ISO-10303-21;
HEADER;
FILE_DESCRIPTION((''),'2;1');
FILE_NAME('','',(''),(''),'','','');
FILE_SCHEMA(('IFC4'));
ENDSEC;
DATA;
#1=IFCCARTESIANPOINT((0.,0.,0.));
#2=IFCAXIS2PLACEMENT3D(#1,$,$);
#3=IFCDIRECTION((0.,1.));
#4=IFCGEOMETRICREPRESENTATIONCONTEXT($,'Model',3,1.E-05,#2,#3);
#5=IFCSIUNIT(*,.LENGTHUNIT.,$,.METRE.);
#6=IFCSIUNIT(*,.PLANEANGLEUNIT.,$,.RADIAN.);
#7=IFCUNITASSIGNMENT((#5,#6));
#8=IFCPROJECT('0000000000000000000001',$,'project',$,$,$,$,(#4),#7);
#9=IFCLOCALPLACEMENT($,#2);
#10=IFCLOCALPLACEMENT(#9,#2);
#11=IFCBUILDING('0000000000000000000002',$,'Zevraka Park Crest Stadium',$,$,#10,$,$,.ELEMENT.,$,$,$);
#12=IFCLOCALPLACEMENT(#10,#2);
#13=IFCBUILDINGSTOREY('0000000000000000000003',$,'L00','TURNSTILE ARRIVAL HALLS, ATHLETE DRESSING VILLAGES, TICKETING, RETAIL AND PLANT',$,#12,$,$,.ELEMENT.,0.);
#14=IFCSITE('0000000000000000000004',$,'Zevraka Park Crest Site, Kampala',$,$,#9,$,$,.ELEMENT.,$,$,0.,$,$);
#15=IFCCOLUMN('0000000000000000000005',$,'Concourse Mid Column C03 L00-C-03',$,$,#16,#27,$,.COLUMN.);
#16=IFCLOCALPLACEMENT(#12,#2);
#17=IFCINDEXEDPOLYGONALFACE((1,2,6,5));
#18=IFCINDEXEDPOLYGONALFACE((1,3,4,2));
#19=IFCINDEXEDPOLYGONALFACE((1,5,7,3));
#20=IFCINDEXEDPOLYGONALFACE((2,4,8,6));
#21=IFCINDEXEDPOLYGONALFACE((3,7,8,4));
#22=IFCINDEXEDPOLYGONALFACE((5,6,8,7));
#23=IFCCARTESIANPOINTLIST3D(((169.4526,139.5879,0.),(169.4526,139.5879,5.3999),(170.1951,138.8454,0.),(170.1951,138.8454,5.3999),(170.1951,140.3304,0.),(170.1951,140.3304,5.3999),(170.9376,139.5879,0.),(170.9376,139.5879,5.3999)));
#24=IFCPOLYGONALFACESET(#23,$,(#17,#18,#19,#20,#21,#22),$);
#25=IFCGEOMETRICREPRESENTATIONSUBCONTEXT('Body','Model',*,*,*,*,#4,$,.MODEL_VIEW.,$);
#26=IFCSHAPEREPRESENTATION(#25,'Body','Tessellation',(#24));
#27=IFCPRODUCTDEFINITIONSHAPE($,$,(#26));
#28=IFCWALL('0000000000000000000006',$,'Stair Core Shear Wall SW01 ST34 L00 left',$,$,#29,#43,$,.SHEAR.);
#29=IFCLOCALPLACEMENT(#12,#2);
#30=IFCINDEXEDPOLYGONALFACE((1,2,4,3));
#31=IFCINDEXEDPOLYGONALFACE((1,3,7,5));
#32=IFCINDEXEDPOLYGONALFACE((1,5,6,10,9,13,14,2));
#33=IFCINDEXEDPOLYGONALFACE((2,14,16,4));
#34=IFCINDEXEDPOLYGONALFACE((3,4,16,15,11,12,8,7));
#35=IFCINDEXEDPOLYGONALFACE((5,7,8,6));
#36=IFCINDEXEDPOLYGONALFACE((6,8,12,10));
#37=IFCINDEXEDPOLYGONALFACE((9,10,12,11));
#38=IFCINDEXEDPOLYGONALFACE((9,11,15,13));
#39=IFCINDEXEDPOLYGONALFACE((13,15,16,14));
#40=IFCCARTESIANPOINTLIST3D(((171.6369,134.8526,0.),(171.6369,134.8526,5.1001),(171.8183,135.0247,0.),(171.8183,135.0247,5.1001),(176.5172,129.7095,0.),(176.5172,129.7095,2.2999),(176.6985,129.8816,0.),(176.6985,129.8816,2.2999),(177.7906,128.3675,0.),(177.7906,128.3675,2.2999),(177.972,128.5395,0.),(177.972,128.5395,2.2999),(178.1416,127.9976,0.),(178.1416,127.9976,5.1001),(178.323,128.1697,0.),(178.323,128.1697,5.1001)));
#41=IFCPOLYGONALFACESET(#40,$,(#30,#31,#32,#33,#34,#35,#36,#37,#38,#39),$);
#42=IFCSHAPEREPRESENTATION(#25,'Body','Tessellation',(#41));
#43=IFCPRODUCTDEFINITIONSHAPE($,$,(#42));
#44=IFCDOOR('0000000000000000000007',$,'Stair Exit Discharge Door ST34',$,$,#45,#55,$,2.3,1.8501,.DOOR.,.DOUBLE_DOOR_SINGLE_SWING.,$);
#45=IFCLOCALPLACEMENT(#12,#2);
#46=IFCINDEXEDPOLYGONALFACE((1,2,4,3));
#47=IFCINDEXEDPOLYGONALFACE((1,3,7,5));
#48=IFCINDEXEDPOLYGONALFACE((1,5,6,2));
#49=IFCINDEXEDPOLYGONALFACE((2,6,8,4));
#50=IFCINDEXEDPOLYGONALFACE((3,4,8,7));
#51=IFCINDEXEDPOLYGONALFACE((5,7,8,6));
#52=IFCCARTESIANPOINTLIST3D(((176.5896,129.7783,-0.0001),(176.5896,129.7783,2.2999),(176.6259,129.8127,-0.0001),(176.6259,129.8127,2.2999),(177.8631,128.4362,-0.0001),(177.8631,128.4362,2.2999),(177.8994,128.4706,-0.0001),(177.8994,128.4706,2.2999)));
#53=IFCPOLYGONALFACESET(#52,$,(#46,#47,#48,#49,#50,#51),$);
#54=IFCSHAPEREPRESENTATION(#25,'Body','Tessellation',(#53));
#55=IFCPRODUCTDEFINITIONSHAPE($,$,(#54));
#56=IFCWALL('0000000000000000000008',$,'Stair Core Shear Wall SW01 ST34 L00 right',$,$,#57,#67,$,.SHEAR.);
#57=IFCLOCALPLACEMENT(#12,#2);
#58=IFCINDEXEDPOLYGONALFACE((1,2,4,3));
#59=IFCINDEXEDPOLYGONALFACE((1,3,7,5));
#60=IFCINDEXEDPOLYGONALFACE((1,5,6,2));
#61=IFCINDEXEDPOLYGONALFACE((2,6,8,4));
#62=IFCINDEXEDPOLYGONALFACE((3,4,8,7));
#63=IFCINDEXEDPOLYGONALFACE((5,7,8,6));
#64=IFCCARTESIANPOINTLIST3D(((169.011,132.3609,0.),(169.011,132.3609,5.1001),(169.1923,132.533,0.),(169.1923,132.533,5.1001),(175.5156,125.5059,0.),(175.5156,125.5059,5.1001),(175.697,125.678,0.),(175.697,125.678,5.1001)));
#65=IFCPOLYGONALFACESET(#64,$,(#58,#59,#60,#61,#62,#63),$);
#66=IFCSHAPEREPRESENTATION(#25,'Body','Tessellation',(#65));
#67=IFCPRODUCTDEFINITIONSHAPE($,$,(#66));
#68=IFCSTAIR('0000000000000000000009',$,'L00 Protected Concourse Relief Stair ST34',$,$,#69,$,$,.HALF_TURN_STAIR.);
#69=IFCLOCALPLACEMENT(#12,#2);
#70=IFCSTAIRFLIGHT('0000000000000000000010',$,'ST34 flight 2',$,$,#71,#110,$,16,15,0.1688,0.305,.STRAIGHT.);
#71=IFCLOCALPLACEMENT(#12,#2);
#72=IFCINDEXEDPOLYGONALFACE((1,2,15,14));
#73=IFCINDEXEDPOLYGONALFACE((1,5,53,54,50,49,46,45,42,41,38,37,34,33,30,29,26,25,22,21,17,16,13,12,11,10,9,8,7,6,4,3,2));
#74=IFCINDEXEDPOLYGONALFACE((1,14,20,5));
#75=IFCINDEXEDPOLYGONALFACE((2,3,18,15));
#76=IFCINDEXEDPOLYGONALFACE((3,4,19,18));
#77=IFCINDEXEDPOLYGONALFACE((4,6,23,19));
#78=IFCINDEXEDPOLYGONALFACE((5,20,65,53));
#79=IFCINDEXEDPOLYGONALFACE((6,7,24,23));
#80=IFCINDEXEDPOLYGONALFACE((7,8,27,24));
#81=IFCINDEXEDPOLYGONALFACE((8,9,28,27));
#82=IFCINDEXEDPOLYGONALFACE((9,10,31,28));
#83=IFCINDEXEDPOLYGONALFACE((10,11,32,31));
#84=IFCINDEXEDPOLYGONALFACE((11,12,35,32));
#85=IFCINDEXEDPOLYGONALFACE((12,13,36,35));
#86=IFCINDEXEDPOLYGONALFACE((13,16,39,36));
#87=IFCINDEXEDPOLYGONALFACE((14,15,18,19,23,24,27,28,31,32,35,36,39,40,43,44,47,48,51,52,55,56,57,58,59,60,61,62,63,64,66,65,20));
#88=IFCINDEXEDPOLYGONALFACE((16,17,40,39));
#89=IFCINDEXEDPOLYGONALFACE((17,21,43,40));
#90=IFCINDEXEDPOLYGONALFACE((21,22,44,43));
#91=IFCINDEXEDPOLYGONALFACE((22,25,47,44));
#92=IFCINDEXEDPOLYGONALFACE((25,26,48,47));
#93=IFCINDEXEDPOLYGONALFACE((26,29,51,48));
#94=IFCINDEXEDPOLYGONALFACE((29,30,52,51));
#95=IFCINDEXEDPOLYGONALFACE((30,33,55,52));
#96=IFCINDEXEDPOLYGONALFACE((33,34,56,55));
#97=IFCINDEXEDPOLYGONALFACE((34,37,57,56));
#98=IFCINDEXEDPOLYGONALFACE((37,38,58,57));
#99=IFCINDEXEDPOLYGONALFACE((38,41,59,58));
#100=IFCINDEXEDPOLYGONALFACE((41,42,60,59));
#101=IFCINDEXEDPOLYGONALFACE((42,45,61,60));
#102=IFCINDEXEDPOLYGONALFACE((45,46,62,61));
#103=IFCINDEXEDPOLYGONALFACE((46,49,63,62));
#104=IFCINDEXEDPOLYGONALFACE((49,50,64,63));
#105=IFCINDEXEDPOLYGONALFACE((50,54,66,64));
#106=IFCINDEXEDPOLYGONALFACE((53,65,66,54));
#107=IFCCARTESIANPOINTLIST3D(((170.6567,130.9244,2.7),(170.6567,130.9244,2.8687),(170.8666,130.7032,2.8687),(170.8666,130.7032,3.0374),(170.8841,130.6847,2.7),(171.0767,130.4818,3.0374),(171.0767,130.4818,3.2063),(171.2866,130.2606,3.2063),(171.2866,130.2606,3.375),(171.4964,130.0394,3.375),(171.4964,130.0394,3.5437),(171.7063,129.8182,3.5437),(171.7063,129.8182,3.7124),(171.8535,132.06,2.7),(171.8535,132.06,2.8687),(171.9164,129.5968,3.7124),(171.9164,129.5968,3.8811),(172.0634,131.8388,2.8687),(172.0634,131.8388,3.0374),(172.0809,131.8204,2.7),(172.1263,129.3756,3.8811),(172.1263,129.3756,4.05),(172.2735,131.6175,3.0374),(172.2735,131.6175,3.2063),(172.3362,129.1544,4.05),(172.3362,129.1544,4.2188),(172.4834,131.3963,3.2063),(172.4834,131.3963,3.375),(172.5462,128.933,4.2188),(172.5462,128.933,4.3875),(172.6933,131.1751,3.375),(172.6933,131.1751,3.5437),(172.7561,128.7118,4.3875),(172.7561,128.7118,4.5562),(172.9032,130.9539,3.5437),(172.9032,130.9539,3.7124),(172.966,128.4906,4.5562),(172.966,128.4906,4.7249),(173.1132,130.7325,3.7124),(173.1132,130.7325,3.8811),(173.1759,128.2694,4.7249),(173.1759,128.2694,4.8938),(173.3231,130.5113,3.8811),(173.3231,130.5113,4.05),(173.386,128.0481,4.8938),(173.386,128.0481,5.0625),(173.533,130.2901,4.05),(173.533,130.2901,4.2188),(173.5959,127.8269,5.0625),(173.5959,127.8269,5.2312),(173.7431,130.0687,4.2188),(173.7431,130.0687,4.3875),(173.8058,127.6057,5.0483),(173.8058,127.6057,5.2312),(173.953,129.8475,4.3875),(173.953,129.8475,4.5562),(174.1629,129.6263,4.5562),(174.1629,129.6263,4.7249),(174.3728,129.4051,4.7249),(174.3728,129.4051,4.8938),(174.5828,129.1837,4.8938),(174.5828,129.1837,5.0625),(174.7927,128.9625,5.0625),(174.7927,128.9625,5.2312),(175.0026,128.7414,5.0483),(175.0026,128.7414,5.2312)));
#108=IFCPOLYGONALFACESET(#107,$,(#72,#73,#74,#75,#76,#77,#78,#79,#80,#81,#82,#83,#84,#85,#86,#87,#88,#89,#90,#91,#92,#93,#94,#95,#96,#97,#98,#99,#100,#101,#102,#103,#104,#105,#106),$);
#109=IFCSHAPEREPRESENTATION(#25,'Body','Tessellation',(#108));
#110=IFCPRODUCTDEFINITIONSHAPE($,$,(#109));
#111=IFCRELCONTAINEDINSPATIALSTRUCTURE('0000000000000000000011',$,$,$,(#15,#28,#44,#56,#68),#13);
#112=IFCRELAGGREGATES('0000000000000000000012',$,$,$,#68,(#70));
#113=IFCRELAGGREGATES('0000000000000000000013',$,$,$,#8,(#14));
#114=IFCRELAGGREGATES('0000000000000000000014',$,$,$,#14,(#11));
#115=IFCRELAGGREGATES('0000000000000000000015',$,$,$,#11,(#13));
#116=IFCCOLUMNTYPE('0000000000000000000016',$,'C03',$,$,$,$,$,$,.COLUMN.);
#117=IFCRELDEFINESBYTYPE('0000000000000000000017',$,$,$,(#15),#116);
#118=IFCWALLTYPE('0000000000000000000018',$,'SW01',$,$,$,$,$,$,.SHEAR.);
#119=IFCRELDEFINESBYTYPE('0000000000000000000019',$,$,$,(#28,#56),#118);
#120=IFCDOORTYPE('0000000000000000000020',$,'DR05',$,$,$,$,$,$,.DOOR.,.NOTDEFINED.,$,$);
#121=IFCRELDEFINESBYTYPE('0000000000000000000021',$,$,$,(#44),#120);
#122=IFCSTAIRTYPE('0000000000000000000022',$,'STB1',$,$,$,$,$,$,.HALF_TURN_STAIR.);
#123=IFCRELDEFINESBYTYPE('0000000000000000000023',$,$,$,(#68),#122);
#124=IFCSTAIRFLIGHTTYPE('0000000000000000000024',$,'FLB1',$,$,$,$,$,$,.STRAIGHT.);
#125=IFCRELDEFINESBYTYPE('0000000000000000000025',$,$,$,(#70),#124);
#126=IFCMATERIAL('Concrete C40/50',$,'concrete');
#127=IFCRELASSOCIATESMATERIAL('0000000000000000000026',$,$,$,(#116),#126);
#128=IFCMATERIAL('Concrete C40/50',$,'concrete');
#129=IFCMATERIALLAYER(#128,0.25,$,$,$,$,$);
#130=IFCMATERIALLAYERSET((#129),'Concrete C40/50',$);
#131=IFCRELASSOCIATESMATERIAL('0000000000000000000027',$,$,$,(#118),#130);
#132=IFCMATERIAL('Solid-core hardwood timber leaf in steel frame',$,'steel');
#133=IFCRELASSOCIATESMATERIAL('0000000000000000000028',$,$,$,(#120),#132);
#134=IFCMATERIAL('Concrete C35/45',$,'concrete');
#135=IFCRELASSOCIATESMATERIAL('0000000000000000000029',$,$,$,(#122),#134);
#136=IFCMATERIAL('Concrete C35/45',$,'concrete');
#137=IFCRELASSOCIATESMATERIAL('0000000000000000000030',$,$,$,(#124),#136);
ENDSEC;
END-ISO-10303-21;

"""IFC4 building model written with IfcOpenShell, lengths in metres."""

from ifc_helpers import new_model, si_unit, direction, frame, frame_2d, origin, origin_2d, place, context, subcontext, project, spatial, polyline, rectangle, outline, extrude, material, layer, layer_set, material_profile, profile_set, type_object, element, fill, aggregate, save


model = new_model("IFC4")

# Units and contexts
model_context = context("Model", 3, precision=1e-05, world=origin(), true_north=direction((0.0, 1.0)))
body_context = subcontext(model_context, "Body", "Model", "MODEL_VIEW")
ifc_project = project(units=[si_unit("LENGTHUNIT", "METRE"), si_unit("PLANEANGLEUNIT", "RADIAN")], contexts=[model_context])

# Site, building, storey
site_placement = place(None, origin())
site = spatial("IfcSite", under=ifc_project, at=site_placement, Name="Zevraka Park Crest Site, Kampala", CompositionType="ELEMENT", RefElevation=0.0)
building_placement = place(site_placement, origin())
building = spatial("IfcBuilding", under=site, at=building_placement, Name="Zevraka Park Crest Stadium", CompositionType="ELEMENT")
storey_placement = place(building_placement, origin())
storey = spatial("IfcBuildingStorey", under=building, at=storey_placement, Name="L00", Description="TURNSTILE ARRIVAL HALLS, ATHLETE DRESSING VILLAGES, TICKETING, RETAIL AND PLANT", CompositionType="ELEMENT", Elevation=0.0)

# Column
ifc_material_1 = material(Name="Concrete C40/50", Category="concrete")
ifc_material_profile_1 = material_profile(ifc_material_1, rectangle(XDim=1.05, YDim=1.05, at=origin_2d()), Name="RC 1050x1050")
ifc_profile_set_1 = profile_set([ifc_material_profile_1], Name="Concrete C40/50")
column_type_1 = type_object("IfcColumnType", Name="C03", PredefinedType="COLUMN", material=ifc_profile_set_1)
column_1_placement = place(storey_placement, frame((170.1951, 139.5879, 0.0), z_axis=(0.0, 0.0, 1.0), x_axis=(0.707107, 0.707107, 0.0)))
element("IfcColumn", 1, at=column_1_placement, inside=storey, type_object=column_type_1, Name="Concourse Mid Column C03 L00-C-03", PredefinedType="COLUMN", context=body_context, shape_type="SweptSolid", body=[
    extrude(rectangle(XDim=1.05, YDim=1.05, at=origin_2d()), origin(), (0.0, 0.0, 1.0), 5.3999),
])

# Wall, opening, door
ifc_material_2 = material(Name="Concrete C40/50", Category="concrete")
ifc_layer = layer(ifc_material_2, 0.25)
ifc_layer_set = layer_set([ifc_layer], Name="Concrete C40/50")
wall_type = type_object("IfcWallType", Name="SW01", PredefinedType="SHEAR", material=ifc_layer_set)
wall_1_placement = place(storey_placement, frame((171.7275, 134.9387, 0.0), z_axis=(0.0, 0.0, 1.0), x_axis=(0.688327, -0.725401, 0.0)))
wall_1 = element("IfcWall", 2, at=wall_1_placement, inside=storey, type_object=wall_type, Name="Stair Core Shear Wall SW01 ST34 L00 left", PredefinedType="SHEAR", context=body_context, shape_type="SweptSolid", body=[
    extrude(rectangle(XDim=9.45, YDim=0.25, at=frame_2d((4.7251, 0.0))), origin(), (0.0, 0.0, 1.0), 5.1001),
])
opening_placement = place(wall_1_placement, frame((7.0901, 0.0, 0.0)))
opening = element("IfcOpeningElement", 3, at=opening_placement, cuts=wall_1, PredefinedType="OPENING", context=body_context, shape_type="SweptSolid", body=[
    extrude(rectangle(XDim=1.8501, YDim=2.3, at=frame_2d((0.925, 1.1499))), frame((0.0, 0.135, 0.0), z_axis=(0.0, -1.0, 0.0), x_axis=(1.0, 0.0, 0.0)), (0.0, 0.0, 1.0), 0.27),
])
ifc_material_3 = material(Name="Solid-core hardwood timber leaf in steel frame", Category="steel")
door_type = type_object("IfcDoorType", Name="DR05", OperationType="NOTDEFINED", PredefinedType="DOOR", material=ifc_material_3)
door_placement = place(opening_placement, origin())
door = element("IfcDoor", 4, at=door_placement, inside=storey, type_object=door_type, Name="Stair Exit Discharge Door ST34", OperationType="DOUBLE_DOOR_SINGLE_SWING", OverallHeight=2.3, OverallWidth=1.8501, PredefinedType="DOOR", context=body_context, shape_type="SweptSolid", body=[
    extrude(rectangle(XDim=1.8501, YDim=2.3, at=frame_2d((0.925, 1.1499))), frame((0.0, 0.0249, 0.0), z_axis=(0.0, -1.0, 0.0), x_axis=(1.0, 0.0, 0.0)), (0.0, 0.0, 1.0), 0.05),
])
fill(opening, door)

# Wall
wall_2_placement = place(storey_placement, frame((169.1016, 132.447, 0.0), z_axis=(0.0, 0.0, 1.0), x_axis=(0.688327, -0.725401, 0.0)))
element("IfcWall", 5, at=wall_2_placement, inside=storey, type_object=wall_type, Name="Stair Core Shear Wall SW01 ST34 L00 right", PredefinedType="SHEAR", context=body_context, shape_type="SweptSolid", body=[
    extrude(rectangle(XDim=9.45, YDim=0.25, at=frame_2d((4.7251, 0.0))), origin(), (0.0, 0.0, 1.0), 5.1001),
])

# Stair, stair flight
ifc_material_4 = material(Name="Concrete C35/45", Category="concrete")
stair_type = type_object("IfcStairType", Name="STB1", PredefinedType="HALF_TURN_STAIR", material=ifc_material_4)
stair_placement = place(storey_placement, origin())
stair = element("IfcStair", 6, at=stair_placement, inside=storey, type_object=stair_type, Name="L00 Protected Concourse Relief Stair ST34", PredefinedType="HALF_TURN_STAIR")
ifc_material_5 = material(Name="Concrete C35/45", Category="concrete")
stair_flight_type = type_object("IfcStairFlightType", Name="FLB1", PredefinedType="STRAIGHT", material=ifc_material_5)
stair_flight_placement = place(storey_placement, frame((171.2551, 131.4922, 2.7), z_axis=(0.0, 0.0, 1.0), x_axis=(0.688327, -0.725401, 0.0)))
stair_flight = element("IfcStairFlight", 7, at=stair_flight_placement, type_object=stair_flight_type, Name="ST34 flight 2", NumberOfRisers=16, NumberOfTreads=15, PredefinedType="STRAIGHT", RiserHeight=0.1688, TreadLength=0.305, context=body_context, shape_type="SweptSolid", body=[
    extrude(outline(polyline([(0.0, 0.0), (0.0, 0.1687), (0.3049, 0.1687), (0.3049, 0.3374), (0.6101, 0.3374), (0.6101, 0.5063), (0.915, 0.5063), (0.915, 0.675), (1.22, 0.675), (1.22, 0.8438), (1.5249, 0.8438), (1.5249, 1.0125), (1.8301, 1.0125), (1.8301, 1.1812), (2.135, 1.1812), (2.135, 1.3501), (2.4399, 1.3501), (2.4399, 1.5188), (2.7451, 1.5188), (2.7451, 1.6875), (3.05, 1.6875), (3.05, 1.8562), (3.355, 1.8562), (3.355, 2.0249), (3.6599, 2.0249), (3.6599, 2.1938), (3.9651, 2.1938), (3.9651, 2.3625), (4.27, 2.3625), (4.27, 2.5312), (4.575, 2.5312), (4.575, 2.7), (4.575, 2.3484), (0.3303, 0.0), (0.0, 0.0)])), frame((0.0, 0.825, 0.0), z_axis=(0.0, -1.0, 0.0), x_axis=(1.0, 0.0, 0.0)), (0.0, 0.0, 1.0), 1.6499),
])
aggregate(stair, [stair_flight])

save(model, "model.ifc")
